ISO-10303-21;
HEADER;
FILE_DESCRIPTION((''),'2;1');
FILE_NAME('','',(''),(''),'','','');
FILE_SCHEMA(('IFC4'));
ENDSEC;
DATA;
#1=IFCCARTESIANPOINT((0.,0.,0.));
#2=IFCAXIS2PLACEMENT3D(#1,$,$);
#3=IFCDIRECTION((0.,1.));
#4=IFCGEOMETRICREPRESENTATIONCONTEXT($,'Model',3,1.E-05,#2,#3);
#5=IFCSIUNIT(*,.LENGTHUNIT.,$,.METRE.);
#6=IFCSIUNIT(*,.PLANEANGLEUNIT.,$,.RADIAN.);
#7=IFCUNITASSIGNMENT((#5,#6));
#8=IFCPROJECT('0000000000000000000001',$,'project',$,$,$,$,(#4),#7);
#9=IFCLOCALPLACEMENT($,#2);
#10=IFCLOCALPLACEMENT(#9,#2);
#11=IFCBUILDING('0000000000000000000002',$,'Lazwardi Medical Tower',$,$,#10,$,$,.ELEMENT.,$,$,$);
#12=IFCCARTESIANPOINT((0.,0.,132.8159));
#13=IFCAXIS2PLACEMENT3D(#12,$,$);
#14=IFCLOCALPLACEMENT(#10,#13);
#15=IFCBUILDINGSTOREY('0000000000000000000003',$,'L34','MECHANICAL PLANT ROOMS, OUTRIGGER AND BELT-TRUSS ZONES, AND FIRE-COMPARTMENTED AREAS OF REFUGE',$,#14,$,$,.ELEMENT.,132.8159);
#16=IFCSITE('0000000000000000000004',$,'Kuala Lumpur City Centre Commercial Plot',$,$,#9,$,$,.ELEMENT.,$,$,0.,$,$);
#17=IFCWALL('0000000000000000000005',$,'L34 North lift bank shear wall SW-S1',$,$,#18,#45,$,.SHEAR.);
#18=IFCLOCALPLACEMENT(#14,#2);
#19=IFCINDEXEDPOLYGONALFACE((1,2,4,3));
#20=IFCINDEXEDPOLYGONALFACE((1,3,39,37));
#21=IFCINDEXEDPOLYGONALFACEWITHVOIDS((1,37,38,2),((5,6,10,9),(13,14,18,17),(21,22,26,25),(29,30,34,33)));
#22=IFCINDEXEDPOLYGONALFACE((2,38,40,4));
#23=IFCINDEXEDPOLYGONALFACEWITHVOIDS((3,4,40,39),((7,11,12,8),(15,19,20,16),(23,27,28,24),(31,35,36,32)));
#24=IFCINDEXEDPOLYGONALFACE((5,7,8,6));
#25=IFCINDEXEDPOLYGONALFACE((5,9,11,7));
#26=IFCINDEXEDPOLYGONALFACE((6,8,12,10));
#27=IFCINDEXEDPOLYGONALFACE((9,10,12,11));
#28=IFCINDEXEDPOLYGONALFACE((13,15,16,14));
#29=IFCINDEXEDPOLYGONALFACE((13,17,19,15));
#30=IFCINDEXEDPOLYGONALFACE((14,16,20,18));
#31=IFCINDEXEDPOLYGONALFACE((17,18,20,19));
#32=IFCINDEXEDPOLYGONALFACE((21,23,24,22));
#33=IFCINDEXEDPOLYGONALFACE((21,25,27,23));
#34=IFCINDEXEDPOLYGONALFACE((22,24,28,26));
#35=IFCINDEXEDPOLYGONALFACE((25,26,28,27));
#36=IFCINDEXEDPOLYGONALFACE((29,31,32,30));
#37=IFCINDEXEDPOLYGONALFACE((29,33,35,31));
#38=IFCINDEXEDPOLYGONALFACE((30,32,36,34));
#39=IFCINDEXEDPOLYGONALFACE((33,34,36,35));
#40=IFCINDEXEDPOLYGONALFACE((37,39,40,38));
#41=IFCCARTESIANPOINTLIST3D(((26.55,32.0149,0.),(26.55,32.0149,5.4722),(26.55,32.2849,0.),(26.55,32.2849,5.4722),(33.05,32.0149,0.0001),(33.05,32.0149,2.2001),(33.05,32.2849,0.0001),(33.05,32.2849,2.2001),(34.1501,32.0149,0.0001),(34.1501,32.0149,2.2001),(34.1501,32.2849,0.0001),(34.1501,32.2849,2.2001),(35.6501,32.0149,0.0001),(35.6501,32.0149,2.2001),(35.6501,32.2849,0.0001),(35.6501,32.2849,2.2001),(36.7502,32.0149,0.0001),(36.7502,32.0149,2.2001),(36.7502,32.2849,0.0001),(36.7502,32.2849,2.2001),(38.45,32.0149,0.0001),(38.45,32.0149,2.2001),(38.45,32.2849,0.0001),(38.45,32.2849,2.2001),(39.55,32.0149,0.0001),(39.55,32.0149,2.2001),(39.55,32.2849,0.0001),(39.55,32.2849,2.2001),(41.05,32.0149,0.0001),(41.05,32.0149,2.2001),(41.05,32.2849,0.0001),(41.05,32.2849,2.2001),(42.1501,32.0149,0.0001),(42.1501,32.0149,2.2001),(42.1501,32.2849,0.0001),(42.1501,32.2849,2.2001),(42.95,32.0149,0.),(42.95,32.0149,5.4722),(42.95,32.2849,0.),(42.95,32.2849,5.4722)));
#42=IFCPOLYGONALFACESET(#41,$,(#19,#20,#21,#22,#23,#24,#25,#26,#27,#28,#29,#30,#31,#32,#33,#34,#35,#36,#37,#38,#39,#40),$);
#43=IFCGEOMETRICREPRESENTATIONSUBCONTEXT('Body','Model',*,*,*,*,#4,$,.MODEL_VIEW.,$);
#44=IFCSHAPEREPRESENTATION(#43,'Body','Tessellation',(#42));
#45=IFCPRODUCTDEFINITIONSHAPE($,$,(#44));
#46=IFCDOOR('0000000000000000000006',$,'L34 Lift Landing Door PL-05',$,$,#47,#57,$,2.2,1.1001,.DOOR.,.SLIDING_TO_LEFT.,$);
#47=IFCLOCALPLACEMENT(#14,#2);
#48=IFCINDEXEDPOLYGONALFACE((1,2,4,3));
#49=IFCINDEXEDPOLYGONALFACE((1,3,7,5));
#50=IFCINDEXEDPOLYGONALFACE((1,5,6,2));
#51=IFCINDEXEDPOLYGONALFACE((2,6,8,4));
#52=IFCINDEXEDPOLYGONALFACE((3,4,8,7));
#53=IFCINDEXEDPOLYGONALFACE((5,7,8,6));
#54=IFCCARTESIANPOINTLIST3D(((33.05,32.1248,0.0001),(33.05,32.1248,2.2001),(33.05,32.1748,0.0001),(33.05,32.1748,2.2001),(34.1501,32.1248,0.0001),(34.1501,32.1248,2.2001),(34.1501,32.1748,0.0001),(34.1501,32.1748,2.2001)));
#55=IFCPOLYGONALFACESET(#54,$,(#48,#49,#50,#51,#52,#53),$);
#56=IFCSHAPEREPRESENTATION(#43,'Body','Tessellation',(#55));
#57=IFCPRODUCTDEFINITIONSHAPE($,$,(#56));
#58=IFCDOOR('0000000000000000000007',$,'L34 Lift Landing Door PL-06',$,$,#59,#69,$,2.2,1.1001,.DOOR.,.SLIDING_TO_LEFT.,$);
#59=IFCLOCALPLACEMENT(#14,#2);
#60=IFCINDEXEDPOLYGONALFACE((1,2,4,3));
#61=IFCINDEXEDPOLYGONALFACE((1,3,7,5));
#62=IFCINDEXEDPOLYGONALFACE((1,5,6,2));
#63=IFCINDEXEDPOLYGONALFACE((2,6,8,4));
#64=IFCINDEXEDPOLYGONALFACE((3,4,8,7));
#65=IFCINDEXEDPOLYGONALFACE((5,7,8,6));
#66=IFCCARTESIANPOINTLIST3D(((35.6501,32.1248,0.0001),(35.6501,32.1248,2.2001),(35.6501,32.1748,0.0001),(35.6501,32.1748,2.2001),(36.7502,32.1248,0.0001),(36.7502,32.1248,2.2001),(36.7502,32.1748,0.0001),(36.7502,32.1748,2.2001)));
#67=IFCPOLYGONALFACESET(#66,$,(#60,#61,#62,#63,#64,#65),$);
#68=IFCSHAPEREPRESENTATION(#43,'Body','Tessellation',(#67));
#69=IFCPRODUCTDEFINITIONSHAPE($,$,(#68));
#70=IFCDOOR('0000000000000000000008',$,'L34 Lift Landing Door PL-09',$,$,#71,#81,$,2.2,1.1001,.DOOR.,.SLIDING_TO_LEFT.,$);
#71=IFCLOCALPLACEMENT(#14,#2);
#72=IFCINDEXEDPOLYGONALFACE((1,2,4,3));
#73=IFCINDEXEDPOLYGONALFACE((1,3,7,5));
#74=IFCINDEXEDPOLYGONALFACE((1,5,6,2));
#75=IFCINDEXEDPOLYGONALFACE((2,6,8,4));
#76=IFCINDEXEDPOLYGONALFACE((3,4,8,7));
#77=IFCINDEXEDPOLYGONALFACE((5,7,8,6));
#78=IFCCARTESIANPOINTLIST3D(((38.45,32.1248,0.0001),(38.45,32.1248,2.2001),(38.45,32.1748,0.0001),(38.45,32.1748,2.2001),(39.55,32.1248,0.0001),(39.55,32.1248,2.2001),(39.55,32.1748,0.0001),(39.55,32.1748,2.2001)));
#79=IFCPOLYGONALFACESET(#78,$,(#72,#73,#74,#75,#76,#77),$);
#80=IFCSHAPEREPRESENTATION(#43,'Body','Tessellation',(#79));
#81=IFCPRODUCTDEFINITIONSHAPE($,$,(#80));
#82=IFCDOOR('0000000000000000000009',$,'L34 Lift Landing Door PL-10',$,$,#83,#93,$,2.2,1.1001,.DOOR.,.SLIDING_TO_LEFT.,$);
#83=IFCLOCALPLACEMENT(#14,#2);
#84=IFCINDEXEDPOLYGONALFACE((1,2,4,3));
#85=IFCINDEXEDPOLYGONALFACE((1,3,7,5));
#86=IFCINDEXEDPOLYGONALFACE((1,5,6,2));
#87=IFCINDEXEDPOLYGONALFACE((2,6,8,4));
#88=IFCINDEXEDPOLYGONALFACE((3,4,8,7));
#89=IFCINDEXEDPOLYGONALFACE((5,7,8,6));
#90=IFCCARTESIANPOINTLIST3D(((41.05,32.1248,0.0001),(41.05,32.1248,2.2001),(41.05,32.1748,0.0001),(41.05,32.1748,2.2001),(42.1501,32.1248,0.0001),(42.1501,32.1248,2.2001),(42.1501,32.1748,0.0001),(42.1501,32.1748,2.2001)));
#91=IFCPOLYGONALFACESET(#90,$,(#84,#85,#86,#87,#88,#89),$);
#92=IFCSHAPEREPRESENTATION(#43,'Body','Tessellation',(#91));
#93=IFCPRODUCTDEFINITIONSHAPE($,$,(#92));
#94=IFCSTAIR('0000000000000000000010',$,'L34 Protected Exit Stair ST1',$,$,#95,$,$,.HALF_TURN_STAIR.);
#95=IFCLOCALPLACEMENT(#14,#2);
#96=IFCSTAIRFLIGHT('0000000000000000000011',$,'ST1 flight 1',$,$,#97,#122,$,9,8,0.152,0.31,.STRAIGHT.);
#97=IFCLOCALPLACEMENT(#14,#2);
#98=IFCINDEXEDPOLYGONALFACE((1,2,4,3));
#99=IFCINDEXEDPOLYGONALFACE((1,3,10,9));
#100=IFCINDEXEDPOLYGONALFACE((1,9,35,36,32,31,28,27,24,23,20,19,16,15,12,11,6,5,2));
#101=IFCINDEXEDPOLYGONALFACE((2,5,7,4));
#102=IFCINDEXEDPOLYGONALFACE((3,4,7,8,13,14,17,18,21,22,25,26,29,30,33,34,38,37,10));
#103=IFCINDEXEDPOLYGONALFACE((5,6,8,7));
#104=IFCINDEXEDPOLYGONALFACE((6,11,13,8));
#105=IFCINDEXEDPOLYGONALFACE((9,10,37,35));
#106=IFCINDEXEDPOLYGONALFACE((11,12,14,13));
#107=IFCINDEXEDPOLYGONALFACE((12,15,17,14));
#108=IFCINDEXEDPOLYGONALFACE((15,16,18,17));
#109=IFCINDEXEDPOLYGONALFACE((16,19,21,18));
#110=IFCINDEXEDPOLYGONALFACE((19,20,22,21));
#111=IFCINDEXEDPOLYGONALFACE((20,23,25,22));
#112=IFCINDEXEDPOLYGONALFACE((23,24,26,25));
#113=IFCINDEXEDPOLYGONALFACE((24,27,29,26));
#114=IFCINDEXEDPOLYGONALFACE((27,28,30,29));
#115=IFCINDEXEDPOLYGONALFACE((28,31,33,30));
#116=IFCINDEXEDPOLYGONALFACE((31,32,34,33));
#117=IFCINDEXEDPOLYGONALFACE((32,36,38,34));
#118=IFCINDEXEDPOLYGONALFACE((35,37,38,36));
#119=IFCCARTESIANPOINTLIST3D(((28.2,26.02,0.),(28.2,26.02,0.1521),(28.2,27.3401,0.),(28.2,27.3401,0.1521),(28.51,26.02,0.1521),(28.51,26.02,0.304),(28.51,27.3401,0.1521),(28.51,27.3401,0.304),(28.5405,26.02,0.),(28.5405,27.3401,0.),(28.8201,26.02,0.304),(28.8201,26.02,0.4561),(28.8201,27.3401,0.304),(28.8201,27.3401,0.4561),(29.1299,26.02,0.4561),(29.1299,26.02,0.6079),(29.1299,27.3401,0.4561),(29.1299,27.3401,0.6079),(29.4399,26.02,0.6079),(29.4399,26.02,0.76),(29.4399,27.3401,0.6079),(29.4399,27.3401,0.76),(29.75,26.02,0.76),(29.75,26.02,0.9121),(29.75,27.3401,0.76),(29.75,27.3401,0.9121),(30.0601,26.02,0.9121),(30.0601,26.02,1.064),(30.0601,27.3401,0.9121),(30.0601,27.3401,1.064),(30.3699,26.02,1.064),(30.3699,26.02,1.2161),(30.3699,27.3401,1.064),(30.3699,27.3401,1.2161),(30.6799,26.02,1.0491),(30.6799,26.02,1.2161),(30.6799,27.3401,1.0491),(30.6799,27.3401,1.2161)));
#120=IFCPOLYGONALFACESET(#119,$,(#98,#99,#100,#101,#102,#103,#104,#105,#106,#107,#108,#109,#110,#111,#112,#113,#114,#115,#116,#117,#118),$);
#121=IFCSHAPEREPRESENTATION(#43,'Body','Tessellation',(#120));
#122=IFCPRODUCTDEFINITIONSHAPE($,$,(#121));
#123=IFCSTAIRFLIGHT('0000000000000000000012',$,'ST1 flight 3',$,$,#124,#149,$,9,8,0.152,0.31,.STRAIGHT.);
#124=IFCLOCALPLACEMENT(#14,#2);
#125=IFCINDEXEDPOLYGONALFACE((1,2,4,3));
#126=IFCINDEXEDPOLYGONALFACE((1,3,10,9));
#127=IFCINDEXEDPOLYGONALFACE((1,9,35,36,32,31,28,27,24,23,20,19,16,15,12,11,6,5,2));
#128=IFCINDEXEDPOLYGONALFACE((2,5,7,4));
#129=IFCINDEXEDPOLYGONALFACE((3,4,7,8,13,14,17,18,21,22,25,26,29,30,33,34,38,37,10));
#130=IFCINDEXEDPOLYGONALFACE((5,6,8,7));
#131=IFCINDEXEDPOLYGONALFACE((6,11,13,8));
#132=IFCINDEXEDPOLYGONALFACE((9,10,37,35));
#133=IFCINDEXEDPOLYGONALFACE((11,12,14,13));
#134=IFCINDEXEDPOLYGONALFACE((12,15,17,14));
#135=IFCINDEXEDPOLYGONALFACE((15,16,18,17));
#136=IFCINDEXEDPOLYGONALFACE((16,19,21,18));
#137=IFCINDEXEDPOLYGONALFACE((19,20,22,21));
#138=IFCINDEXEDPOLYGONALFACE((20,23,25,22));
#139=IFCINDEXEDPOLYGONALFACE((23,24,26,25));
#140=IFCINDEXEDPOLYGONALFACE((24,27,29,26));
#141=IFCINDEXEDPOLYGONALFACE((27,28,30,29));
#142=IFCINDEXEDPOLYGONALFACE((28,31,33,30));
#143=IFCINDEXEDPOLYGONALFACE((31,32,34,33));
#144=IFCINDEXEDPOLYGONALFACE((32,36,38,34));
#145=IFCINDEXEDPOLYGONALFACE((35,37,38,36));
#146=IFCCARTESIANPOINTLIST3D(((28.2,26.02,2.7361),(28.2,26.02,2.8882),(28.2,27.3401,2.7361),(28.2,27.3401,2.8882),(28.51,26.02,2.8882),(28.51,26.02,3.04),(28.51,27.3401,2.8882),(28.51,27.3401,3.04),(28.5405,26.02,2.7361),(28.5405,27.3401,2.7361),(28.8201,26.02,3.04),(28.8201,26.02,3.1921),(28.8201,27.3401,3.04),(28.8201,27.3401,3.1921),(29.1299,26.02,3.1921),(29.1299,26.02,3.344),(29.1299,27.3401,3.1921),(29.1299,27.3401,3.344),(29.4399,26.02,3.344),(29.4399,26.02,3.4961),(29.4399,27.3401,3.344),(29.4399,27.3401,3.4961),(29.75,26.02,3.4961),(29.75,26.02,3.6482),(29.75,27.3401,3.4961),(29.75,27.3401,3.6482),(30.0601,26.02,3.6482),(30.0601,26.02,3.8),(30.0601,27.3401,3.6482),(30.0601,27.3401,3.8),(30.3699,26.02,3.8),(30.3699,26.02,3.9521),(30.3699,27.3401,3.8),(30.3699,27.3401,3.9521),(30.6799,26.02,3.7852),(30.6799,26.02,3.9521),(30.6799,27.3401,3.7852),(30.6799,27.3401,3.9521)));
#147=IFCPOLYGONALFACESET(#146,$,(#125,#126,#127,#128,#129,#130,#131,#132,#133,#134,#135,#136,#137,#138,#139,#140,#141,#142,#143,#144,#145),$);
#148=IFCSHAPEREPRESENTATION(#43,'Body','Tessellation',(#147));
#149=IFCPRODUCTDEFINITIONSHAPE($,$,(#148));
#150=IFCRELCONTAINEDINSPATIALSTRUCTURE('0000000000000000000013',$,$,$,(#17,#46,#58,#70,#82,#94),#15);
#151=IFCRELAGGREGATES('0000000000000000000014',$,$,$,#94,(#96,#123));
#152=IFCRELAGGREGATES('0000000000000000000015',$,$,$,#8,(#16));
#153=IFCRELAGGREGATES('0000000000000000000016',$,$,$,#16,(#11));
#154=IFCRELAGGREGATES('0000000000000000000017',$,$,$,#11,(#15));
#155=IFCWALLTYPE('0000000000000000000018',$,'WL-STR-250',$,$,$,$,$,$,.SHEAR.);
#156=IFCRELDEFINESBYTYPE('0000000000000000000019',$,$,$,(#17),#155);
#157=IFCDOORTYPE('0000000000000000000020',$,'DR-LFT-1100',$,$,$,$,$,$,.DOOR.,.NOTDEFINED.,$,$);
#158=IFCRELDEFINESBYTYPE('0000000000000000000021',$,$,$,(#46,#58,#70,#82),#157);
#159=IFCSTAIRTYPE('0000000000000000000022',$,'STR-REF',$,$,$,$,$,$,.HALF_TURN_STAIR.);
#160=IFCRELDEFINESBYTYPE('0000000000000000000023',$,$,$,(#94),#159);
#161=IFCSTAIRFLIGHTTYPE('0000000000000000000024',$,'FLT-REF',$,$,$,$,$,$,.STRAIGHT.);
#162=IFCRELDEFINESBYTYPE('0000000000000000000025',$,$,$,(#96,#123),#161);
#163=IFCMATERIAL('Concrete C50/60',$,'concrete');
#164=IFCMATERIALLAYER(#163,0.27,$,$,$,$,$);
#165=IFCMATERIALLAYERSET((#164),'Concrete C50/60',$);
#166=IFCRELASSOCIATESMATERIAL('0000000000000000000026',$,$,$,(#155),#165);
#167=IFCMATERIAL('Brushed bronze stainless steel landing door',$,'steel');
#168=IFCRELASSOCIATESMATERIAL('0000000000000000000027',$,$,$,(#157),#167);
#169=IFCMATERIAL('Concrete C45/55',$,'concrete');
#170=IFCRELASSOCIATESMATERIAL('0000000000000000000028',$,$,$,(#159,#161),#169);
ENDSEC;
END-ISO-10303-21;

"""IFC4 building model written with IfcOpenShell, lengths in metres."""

from ifc_helpers import new_model, si_unit, direction, frame, frame_2d, origin, place, context, subcontext, project, spatial, polyline, rectangle, outline, extrude, material, layer, layer_set, type_object, element, fill, aggregate, save


model = new_model("IFC4")

# Units and contexts
model_context = context("Model", 3, precision=1e-05, world=origin(), true_north=direction((0.0, 1.0)))
body_context = subcontext(model_context, "Body", "Model", "MODEL_VIEW")
ifc_project = project(units=[si_unit("LENGTHUNIT", "METRE"), si_unit("PLANEANGLEUNIT", "RADIAN")], contexts=[model_context])

# Site, building, storey
site_placement = place(None, origin())
site = spatial("IfcSite", under=ifc_project, at=site_placement, Name="Kuala Lumpur City Centre Commercial Plot", CompositionType="ELEMENT", RefElevation=0.0)
building_placement = place(site_placement, origin())
building = spatial("IfcBuilding", under=site, at=building_placement, Name="Lazwardi Medical Tower", CompositionType="ELEMENT")
storey_placement = place(building_placement, frame((0.0, 0.0, 132.8159)))
storey = spatial("IfcBuildingStorey", under=building, at=storey_placement, Name="L34", Description="MECHANICAL PLANT ROOMS, OUTRIGGER AND BELT-TRUSS ZONES, AND FIRE-COMPARTMENTED AREAS OF REFUGE", CompositionType="ELEMENT", Elevation=132.8159)

# Shared definitions
ifc_material_1 = material(Name="Concrete C50/60", Category="concrete")
ifc_layer_1 = layer(ifc_material_1, 0.27)
ifc_layer_set_1 = layer_set([ifc_layer_1], Name="Concrete C50/60")
wall_type_1 = type_object("IfcWallType", Name="WL-STR-250", PredefinedType="SHEAR", material=ifc_layer_set_1)

# Wall, openings, doors
wall_1_placement = place(storey_placement, frame((26.55, 32.1499, 0.0), z_axis=(0.0, 0.0, 1.0), x_axis=(1.0, 0.0, 0.0)))
wall_1 = element("IfcWall", 1, at=wall_1_placement, inside=storey, type_object=wall_type_1, Name="L34 North lift bank shear wall SW-S1", PredefinedType="SHEAR", context=body_context, shape_type="SweptSolid", body=[
    extrude(rectangle(XDim=16.3999, YDim=0.27, at=frame_2d((8.2, 0.0))), origin(), (0.0, 0.0, 1.0), 5.4722),
])
opening_1_placement = place(wall_1_placement, frame((6.5, 0.0, 0.0)))
opening_1 = element("IfcOpeningElement", 2, at=opening_1_placement, cuts=wall_1, PredefinedType="OPENING", context=body_context, shape_type="SweptSolid", body=[
    extrude(rectangle(XDim=1.1001, YDim=2.2, at=frame_2d((0.55, 1.1001))), frame((0.0, 0.145, 0.0), z_axis=(0.0, -1.0, 0.0), x_axis=(1.0, 0.0, 0.0)), (0.0, 0.0, 1.0), 0.29),
])
opening_2_placement = place(wall_1_placement, frame((9.1001, 0.0, 0.0)))
opening_2 = element("IfcOpeningElement", 3, at=opening_2_placement, cuts=wall_1, PredefinedType="OPENING", context=body_context, shape_type="SweptSolid", body=[
    extrude(rectangle(XDim=1.1001, YDim=2.2, at=frame_2d((0.55, 1.1001))), frame((0.0, 0.145, 0.0), z_axis=(0.0, -1.0, 0.0), x_axis=(1.0, 0.0, 0.0)), (0.0, 0.0, 1.0), 0.29),
])
opening_3_placement = place(wall_1_placement, frame((11.8999, 0.0, 0.0)))
opening_3 = element("IfcOpeningElement", 4, at=opening_3_placement, cuts=wall_1, PredefinedType="OPENING", context=body_context, shape_type="SweptSolid", body=[
    extrude(rectangle(XDim=1.1001, YDim=2.2, at=frame_2d((0.55, 1.1001))), frame((0.0, 0.145, 0.0), z_axis=(0.0, -1.0, 0.0), x_axis=(1.0, 0.0, 0.0)), (0.0, 0.0, 1.0), 0.29),
])
opening_4_placement = place(wall_1_placement, frame((14.5, 0.0, 0.0)))
opening_4 = element("IfcOpeningElement", 5, at=opening_4_placement, cuts=wall_1, PredefinedType="OPENING", context=body_context, shape_type="SweptSolid", body=[
    extrude(rectangle(XDim=1.1001, YDim=2.2, at=frame_2d((0.55, 1.1001))), frame((0.0, 0.145, 0.0), z_axis=(0.0, -1.0, 0.0), x_axis=(1.0, 0.0, 0.0)), (0.0, 0.0, 1.0), 0.29),
])
ifc_material_2 = material(Name="Brushed bronze stainless steel landing door", Category="steel")
door_type = type_object("IfcDoorType", Name="DR-LFT-1100", OperationType="NOTDEFINED", PredefinedType="DOOR", material=ifc_material_2)
door_1_placement = place(opening_1_placement, origin())
door_1 = element("IfcDoor", 6, at=door_1_placement, inside=storey, type_object=door_type, Name="L34 Lift Landing Door PL-05", OperationType="SLIDING_TO_LEFT", OverallHeight=2.2, OverallWidth=1.1001, PredefinedType="DOOR", context=body_context, shape_type="SweptSolid", body=[
    extrude(rectangle(XDim=1.1001, YDim=2.2, at=frame_2d((0.55, 1.1001))), frame((0.0, 0.0249, 0.0), z_axis=(0.0, -1.0, 0.0), x_axis=(1.0, 0.0, 0.0)), (0.0, 0.0, 1.0), 0.05),
])
fill(opening_1, door_1)
door_2_placement = place(opening_2_placement, origin())
door_2 = element("IfcDoor", 7, at=door_2_placement, inside=storey, type_object=door_type, Name="L34 Lift Landing Door PL-06", OperationType="SLIDING_TO_LEFT", OverallHeight=2.2, OverallWidth=1.1001, PredefinedType="DOOR", context=body_context, shape_type="SweptSolid", body=[
    extrude(rectangle(XDim=1.1001, YDim=2.2, at=frame_2d((0.55, 1.1001))), frame((0.0, 0.0249, 0.0), z_axis=(0.0, -1.0, 0.0), x_axis=(1.0, 0.0, 0.0)), (0.0, 0.0, 1.0), 0.05),
])
fill(opening_2, door_2)
door_3_placement = place(opening_3_placement, origin())
door_3 = element("IfcDoor", 8, at=door_3_placement, inside=storey, type_object=door_type, Name="L34 Lift Landing Door PL-09", OperationType="SLIDING_TO_LEFT", OverallHeight=2.2, OverallWidth=1.1001, PredefinedType="DOOR", context=body_context, shape_type="SweptSolid", body=[
    extrude(rectangle(XDim=1.1001, YDim=2.2, at=frame_2d((0.55, 1.1001))), frame((0.0, 0.0249, 0.0), z_axis=(0.0, -1.0, 0.0), x_axis=(1.0, 0.0, 0.0)), (0.0, 0.0, 1.0), 0.05),
])
fill(opening_3, door_3)
door_4_placement = place(opening_4_placement, origin())
door_4 = element("IfcDoor", 9, at=door_4_placement, inside=storey, type_object=door_type, Name="L34 Lift Landing Door PL-10", OperationType="SLIDING_TO_LEFT", OverallHeight=2.2, OverallWidth=1.1001, PredefinedType="DOOR", context=body_context, shape_type="SweptSolid", body=[
    extrude(rectangle(XDim=1.1001, YDim=2.2, at=frame_2d((0.55, 1.1001))), frame((0.0, 0.0249, 0.0), z_axis=(0.0, -1.0, 0.0), x_axis=(1.0, 0.0, 0.0)), (0.0, 0.0, 1.0), 0.05),
])
fill(opening_4, door_4)

# Stair, stair flights
ifc_material_3 = material(Name="Concrete C45/55", Category="concrete")
stair_type = type_object("IfcStairType", Name="STR-REF", PredefinedType="HALF_TURN_STAIR", material=ifc_material_3)
stair_placement = place(storey_placement, origin())
stair = element("IfcStair", 10, at=stair_placement, inside=storey, type_object=stair_type, Name="L34 Protected Exit Stair ST1", PredefinedType="HALF_TURN_STAIR")
stair_flight_type = type_object("IfcStairFlightType", Name="FLT-REF", PredefinedType="STRAIGHT", material=ifc_material_3)
stair_flight_1_placement = place(storey_placement, frame((28.2, 26.6799, 0.0), z_axis=(0.0, 0.0, 1.0), x_axis=(1.0, 0.0, 0.0)))
stair_flight_1 = element("IfcStairFlight", 11, at=stair_flight_1_placement, type_object=stair_flight_type, Name="ST1 flight 1", NumberOfRisers=9, NumberOfTreads=8, PredefinedType="STRAIGHT", RiserHeight=0.152, TreadLength=0.31, context=body_context, shape_type="SweptSolid", body=[
    extrude(outline(polyline([(0.0, 0.0), (0.0, 0.1521), (0.3101, 0.1521), (0.3101, 0.304), (0.6201, 0.304), (0.6201, 0.4561), (0.9299, 0.4561), (0.9299, 0.6079), (1.24, 0.6079), (1.24, 0.76), (1.55, 0.76), (1.55, 0.9121), (1.8601, 0.9121), (1.8601, 1.064), (2.1699, 1.064), (2.1699, 1.2161), (2.48, 1.2161), (2.48, 1.3679), (2.48, 1.0491), (0.3406, 0.0), (0.0, 0.0)])), frame((0.0, 0.6602, 0.0), z_axis=(0.0, -1.0, 0.0), x_axis=(1.0, 0.0, 0.0)), (0.0, 0.0, 1.0), 1.3201),
])
stair_flight_2_placement = place(storey_placement, frame((28.2, 26.6799, 2.7361), z_axis=(0.0, 0.0, 1.0), x_axis=(1.0, 0.0, 0.0)))
stair_flight_2 = element("IfcStairFlight", 12, at=stair_flight_2_placement, type_object=stair_flight_type, Name="ST1 flight 3", NumberOfRisers=9, NumberOfTreads=8, PredefinedType="STRAIGHT", RiserHeight=0.152, TreadLength=0.31, context=body_context, shape_type="SweptSolid", body=[
    extrude(outline(polyline([(0.0, 0.0), (0.0, 0.1521), (0.3101, 0.1521), (0.3101, 0.304), (0.6201, 0.304), (0.6201, 0.4561), (0.9299, 0.4561), (0.9299, 0.6079), (1.24, 0.6079), (1.24, 0.76), (1.55, 0.76), (1.55, 0.9121), (1.8601, 0.9121), (1.8601, 1.064), (2.1699, 1.064), (2.1699, 1.2161), (2.48, 1.2161), (2.48, 1.3679), (2.48, 1.0491), (0.3406, 0.0), (0.0, 0.0)])), frame((0.0, 0.6602, 0.0), z_axis=(0.0, -1.0, 0.0), x_axis=(1.0, 0.0, 0.0)), (0.0, 0.0, 1.0), 1.3201),
])
aggregate(stair, [stair_flight_1, stair_flight_2])

save(model, "model.ifc")
